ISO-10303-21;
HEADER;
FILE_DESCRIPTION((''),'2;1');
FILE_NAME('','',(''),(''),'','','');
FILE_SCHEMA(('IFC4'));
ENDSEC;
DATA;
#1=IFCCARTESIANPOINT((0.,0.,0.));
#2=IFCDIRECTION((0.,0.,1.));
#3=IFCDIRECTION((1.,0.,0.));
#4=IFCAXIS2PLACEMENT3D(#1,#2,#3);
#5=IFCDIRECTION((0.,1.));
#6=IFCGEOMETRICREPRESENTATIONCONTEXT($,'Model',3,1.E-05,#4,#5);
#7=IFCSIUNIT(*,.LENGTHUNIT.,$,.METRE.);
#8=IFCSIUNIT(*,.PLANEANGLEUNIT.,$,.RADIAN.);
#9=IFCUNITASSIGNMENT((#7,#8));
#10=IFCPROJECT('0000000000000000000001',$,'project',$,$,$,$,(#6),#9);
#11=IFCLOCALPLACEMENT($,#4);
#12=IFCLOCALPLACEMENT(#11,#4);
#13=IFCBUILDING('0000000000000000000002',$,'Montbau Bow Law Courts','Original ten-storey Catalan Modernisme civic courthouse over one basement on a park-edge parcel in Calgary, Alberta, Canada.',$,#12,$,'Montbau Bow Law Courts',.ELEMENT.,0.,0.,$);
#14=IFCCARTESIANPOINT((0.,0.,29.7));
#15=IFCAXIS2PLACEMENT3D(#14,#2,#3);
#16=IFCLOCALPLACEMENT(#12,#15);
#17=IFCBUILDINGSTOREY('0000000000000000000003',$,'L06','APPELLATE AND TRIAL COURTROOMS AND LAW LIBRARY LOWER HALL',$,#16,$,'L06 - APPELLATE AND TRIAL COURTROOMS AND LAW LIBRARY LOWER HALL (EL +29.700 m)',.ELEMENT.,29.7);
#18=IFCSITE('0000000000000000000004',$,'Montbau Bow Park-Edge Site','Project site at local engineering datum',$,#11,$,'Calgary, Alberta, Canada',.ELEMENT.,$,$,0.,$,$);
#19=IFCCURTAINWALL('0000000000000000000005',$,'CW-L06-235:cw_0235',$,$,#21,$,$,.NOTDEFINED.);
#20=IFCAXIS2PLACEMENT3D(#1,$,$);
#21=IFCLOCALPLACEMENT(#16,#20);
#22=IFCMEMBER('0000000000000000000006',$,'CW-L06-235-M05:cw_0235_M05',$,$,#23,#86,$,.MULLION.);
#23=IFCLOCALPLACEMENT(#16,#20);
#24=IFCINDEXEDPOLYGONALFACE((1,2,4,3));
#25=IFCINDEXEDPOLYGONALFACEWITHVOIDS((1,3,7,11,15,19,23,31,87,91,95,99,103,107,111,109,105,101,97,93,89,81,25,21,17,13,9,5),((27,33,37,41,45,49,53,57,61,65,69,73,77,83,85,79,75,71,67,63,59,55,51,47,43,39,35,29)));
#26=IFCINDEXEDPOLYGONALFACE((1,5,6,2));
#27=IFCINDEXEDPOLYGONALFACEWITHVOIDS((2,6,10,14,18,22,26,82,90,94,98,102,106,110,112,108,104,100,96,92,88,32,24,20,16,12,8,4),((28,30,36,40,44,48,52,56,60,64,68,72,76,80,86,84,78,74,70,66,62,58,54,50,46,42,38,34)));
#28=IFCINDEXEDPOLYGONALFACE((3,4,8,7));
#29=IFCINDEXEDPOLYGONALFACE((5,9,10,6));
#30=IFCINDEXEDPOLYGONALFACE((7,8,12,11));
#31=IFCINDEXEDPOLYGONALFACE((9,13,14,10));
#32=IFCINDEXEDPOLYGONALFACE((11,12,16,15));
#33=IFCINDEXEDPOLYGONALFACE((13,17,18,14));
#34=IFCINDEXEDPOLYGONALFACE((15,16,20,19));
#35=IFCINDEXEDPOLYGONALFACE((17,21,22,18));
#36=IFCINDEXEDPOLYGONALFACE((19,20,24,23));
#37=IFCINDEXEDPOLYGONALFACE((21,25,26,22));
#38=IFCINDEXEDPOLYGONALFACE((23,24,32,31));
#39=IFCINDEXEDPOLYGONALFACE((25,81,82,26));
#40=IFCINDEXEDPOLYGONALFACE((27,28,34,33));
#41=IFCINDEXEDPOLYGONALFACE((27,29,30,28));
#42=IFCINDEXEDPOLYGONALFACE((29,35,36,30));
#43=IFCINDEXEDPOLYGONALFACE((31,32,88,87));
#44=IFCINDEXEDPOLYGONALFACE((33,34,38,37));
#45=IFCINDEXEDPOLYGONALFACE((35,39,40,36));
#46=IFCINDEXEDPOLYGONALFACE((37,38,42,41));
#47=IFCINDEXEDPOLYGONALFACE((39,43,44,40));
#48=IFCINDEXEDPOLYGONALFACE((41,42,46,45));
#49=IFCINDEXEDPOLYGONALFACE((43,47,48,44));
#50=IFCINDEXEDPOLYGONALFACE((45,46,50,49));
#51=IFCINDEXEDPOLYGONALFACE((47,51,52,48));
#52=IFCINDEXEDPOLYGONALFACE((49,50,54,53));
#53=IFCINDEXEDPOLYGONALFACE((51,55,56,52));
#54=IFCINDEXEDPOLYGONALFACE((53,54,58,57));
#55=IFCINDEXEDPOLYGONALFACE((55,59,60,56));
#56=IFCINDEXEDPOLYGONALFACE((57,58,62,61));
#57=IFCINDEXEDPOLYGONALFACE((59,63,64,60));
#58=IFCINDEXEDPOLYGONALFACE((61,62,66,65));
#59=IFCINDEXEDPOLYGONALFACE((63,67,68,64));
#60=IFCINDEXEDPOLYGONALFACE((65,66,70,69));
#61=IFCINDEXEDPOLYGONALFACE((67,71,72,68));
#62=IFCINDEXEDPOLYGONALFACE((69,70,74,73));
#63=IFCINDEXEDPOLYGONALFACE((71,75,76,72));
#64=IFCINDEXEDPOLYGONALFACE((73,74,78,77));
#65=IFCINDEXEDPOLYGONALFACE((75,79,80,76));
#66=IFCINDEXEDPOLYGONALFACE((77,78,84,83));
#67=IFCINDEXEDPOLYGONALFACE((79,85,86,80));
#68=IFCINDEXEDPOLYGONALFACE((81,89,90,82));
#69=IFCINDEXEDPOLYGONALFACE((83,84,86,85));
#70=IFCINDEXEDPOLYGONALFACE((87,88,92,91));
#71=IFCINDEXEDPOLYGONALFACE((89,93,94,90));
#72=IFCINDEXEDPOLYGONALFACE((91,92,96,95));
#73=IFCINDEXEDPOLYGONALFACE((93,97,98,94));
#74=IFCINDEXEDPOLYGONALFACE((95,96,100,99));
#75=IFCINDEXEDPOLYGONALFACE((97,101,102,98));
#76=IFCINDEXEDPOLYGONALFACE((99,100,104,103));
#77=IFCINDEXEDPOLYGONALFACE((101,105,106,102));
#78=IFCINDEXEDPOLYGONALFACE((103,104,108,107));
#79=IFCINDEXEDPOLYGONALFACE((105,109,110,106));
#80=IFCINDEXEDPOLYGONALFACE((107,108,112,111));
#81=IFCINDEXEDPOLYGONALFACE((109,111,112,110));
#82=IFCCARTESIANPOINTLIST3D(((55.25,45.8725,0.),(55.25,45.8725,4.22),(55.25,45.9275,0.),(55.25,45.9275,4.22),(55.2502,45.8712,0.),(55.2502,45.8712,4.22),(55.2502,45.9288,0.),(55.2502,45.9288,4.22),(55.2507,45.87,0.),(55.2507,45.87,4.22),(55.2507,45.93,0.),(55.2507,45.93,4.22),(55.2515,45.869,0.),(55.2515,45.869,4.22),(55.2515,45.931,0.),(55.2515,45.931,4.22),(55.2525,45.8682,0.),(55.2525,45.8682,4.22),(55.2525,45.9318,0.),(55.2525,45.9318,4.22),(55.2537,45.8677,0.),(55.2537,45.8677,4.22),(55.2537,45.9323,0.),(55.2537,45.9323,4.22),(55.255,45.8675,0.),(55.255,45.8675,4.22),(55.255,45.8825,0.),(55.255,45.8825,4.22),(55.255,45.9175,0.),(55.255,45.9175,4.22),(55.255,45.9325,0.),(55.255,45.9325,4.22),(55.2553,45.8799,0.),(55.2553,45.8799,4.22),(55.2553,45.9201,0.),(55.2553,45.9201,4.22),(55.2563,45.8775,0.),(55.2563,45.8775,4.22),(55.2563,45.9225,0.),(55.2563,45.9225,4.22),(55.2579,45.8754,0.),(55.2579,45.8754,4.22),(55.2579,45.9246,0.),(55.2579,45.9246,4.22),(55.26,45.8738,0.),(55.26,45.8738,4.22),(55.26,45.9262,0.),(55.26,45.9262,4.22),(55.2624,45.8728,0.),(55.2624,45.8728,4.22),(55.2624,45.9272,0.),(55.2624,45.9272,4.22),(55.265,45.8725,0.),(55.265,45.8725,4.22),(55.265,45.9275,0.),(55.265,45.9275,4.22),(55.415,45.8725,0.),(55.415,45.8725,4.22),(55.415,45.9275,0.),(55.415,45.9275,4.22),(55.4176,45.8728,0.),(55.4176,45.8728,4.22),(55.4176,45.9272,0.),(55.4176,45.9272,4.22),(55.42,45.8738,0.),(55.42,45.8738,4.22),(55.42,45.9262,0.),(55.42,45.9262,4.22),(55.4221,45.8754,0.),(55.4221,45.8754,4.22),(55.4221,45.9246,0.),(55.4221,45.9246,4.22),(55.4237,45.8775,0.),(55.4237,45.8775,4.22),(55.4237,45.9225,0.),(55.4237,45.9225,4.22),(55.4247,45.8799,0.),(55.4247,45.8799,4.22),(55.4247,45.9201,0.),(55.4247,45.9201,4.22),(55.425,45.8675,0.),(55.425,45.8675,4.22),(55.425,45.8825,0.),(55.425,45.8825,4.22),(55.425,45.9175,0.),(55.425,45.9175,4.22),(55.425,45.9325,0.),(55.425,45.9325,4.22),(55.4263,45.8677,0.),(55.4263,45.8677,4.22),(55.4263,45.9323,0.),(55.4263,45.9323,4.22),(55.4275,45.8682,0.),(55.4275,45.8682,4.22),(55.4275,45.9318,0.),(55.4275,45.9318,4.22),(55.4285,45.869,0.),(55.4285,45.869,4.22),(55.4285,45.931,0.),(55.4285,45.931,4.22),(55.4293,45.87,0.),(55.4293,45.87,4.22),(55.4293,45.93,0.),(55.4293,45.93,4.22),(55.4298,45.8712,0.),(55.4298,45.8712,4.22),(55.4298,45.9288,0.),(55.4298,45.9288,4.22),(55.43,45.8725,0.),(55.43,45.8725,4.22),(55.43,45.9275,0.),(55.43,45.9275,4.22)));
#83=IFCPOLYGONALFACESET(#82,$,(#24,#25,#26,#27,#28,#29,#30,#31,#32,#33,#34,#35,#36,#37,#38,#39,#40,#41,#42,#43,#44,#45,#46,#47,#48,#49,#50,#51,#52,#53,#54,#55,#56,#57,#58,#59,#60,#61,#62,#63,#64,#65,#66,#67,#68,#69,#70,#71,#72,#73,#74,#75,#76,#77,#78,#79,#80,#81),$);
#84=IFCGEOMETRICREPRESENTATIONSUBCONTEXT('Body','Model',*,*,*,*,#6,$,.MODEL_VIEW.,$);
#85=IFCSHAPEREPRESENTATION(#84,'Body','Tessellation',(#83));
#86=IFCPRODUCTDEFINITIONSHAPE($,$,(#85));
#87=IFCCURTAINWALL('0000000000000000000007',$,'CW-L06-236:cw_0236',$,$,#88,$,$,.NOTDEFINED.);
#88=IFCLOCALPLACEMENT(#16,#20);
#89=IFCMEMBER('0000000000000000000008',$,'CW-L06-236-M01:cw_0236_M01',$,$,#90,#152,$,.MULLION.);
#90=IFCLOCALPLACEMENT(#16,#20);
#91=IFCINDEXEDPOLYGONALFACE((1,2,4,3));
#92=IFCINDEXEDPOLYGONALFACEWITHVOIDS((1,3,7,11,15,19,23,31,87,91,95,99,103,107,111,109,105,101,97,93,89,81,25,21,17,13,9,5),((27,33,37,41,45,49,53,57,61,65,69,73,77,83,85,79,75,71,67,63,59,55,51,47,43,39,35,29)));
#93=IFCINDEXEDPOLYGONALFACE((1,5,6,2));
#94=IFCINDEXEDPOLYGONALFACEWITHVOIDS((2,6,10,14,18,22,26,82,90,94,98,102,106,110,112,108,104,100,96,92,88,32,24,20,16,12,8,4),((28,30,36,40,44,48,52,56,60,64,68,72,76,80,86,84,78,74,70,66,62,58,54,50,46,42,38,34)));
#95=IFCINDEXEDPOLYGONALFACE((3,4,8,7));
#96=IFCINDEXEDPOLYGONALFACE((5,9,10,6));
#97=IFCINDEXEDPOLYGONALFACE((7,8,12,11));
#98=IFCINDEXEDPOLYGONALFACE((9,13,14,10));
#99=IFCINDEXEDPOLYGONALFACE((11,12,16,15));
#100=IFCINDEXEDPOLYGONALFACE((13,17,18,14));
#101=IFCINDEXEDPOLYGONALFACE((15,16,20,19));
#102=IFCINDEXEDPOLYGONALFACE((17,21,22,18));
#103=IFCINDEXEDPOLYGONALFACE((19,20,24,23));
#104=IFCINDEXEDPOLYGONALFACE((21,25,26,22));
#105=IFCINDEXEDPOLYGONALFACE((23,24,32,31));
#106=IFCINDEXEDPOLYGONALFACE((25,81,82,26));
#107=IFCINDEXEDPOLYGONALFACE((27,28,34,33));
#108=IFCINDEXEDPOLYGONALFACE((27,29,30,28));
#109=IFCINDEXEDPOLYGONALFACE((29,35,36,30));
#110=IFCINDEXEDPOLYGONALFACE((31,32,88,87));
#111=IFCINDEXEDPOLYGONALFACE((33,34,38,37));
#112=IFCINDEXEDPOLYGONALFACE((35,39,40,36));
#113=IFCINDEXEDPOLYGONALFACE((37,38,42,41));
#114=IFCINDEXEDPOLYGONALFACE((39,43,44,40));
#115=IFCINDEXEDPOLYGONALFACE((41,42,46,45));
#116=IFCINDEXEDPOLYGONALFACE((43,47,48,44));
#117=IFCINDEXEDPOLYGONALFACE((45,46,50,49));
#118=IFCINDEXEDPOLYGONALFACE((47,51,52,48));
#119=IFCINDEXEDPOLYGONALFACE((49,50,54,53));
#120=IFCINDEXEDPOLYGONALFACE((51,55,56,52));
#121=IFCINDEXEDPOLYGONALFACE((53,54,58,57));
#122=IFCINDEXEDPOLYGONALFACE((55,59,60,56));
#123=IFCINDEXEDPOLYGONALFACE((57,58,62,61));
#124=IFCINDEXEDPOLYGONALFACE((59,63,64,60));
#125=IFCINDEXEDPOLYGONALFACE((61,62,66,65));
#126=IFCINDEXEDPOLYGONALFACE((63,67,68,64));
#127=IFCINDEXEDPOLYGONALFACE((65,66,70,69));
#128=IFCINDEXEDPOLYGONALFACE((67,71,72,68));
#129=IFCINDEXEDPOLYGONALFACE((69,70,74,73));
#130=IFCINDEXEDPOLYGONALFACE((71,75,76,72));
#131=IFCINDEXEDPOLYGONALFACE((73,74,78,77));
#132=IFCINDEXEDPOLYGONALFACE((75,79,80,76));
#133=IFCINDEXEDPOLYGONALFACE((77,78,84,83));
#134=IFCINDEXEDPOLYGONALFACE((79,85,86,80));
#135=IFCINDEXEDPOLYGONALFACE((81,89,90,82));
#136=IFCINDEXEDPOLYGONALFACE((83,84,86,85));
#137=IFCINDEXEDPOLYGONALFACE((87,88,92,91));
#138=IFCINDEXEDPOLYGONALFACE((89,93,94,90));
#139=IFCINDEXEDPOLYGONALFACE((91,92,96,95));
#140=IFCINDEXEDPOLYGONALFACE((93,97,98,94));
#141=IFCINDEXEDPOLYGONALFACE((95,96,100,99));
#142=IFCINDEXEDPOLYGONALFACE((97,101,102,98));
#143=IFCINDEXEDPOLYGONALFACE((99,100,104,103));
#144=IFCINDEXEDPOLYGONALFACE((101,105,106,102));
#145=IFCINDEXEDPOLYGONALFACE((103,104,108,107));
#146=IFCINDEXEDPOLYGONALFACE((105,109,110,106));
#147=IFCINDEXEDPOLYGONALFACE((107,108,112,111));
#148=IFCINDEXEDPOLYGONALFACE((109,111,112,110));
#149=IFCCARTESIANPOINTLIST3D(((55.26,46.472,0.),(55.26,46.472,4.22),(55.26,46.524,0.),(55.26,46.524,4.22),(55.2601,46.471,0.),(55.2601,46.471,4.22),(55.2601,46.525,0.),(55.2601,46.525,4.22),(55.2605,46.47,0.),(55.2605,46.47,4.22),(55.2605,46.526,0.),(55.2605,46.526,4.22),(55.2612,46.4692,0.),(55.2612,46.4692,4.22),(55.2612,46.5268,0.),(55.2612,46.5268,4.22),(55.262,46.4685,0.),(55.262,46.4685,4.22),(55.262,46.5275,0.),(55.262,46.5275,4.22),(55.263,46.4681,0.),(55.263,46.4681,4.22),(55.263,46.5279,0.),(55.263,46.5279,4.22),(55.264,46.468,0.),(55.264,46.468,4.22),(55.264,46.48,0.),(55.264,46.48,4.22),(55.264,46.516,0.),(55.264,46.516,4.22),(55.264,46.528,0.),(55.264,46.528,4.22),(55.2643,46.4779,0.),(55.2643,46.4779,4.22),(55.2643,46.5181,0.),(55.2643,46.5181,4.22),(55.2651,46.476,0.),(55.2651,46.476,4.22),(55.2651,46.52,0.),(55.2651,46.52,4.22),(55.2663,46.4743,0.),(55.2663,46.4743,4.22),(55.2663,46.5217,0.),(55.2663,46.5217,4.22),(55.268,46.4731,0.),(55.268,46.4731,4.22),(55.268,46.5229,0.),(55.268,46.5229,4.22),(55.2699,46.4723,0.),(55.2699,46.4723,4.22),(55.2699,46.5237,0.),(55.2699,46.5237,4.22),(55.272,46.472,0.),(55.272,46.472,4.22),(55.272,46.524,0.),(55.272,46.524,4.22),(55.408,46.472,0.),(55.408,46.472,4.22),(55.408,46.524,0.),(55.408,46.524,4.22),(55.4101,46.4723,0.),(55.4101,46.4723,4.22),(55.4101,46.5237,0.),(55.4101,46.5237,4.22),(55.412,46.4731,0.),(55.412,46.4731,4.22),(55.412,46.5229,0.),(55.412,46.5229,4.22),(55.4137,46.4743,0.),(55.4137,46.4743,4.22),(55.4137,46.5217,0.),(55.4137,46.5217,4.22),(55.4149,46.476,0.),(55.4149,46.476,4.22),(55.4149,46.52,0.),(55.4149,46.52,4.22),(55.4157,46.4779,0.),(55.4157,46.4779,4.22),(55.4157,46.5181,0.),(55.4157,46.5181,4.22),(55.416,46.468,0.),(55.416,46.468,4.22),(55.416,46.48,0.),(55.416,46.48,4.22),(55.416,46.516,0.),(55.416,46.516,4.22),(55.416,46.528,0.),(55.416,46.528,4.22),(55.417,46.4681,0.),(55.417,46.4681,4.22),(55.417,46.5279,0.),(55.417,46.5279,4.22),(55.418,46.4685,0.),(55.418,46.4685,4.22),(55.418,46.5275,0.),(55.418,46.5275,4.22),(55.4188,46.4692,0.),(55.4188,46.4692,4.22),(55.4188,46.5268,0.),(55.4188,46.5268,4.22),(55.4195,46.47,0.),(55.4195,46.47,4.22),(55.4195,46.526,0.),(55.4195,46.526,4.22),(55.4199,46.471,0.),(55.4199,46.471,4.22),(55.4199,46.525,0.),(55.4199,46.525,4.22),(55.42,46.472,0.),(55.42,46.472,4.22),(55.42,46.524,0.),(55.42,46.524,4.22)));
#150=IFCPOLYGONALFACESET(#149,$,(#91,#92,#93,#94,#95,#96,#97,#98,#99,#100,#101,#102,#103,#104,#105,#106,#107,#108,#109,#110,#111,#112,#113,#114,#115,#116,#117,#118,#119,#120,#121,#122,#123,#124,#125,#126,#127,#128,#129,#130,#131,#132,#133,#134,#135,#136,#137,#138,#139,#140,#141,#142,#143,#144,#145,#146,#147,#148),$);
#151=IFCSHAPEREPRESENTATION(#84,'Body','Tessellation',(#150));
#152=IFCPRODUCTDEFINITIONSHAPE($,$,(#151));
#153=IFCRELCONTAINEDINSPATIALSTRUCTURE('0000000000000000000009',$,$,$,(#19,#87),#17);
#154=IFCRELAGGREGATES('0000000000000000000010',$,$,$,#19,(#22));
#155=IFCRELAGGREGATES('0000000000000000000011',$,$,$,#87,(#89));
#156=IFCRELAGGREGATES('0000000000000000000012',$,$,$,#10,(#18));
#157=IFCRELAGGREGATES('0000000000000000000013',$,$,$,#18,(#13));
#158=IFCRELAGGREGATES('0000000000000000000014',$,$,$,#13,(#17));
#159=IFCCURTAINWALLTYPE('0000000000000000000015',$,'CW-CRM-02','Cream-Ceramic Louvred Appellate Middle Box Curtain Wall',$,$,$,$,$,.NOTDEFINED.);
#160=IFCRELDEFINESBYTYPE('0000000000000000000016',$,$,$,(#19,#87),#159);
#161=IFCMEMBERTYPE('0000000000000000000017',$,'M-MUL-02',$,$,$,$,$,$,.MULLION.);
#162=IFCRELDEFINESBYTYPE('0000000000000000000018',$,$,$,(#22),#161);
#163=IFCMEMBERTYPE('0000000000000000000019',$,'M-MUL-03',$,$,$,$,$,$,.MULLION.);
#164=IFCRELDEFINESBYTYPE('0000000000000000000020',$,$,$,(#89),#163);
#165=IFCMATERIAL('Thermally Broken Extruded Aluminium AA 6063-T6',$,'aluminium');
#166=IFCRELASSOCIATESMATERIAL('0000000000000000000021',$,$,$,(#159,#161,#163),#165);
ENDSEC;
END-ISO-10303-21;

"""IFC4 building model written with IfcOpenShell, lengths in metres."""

from ifc_helpers import new_model, si_unit, direction, frame, origin_with_axes, origin_2d_with_axis, place, context, subcontext, project, spatial, hollow_rectangle, extrude, material, material_profile, profile_set, type_object, element, aggregate, save


model = new_model("IFC4")

# Units and contexts
model_context = context("Model", 3, precision=1e-05, world=origin_with_axes(), true_north=direction((0.0, 1.0)))
body_context = subcontext(model_context, "Body", "Model", "MODEL_VIEW")
ifc_project = project(units=[si_unit("LENGTHUNIT", "METRE"), si_unit("PLANEANGLEUNIT", "RADIAN")], contexts=[model_context])

# Site, building, storey
site_placement = place(None, origin_with_axes())
site = spatial("IfcSite", under=ifc_project, at=site_placement, Name="Montbau Bow Park-Edge Site", Description="Project site at local engineering datum", LongName="Calgary, Alberta, Canada", CompositionType="ELEMENT", RefElevation=0.0)
building_placement = place(site_placement, origin_with_axes())
building = spatial("IfcBuilding", under=site, at=building_placement, Name="Montbau Bow Law Courts", Description="Original ten-storey Catalan Modernisme civic courthouse over one basement on a park-edge parcel in Calgary, Alberta, Canada.", LongName="Montbau Bow Law Courts", CompositionType="ELEMENT", ElevationOfRefHeight=0.0, ElevationOfTerrain=0.0)
storey_placement = place(building_placement, frame((0.0, 0.0, 29.7), z_axis=(0.0, 0.0, 1.0), x_axis=(1.0, 0.0, 0.0)))
storey = spatial("IfcBuildingStorey", under=building, at=storey_placement, Name="L06", Description="APPELLATE AND TRIAL COURTROOMS AND LAW LIBRARY LOWER HALL", LongName="L06 - APPELLATE AND TRIAL COURTROOMS AND LAW LIBRARY LOWER HALL (EL +29.700 m)", CompositionType="ELEMENT", Elevation=29.7)

# Curtain wall, member
ifc_material_1 = material(Name="Thermally Broken Extruded Aluminium AA 6063-T6", Category="aluminium")
curtain_wall_type = type_object("IfcCurtainWallType", Name="CW-CRM-02", Description="Cream-Ceramic Louvred Appellate Middle Box Curtain Wall", PredefinedType="NOTDEFINED", material=ifc_material_1)
curtain_wall_1_placement = place(None, frame((55.34, 39.44, 29.7), z_axis=(0.0, 0.0, 1.0), x_axis=(1.0, 0.0, 0.0)))
curtain_wall_1 = element("IfcCurtainWall", 1, at=curtain_wall_1_placement, inside=storey, type_object=curtain_wall_type, Name="CW-L06-235:cw_0235", PredefinedType="NOTDEFINED")
ifc_material_profile_1 = material_profile(ifc_material_1, hollow_rectangle(XDim=0.065, YDim=0.18, WallThickness=0.005, InnerFilletRadius=0.01, OuterFilletRadius=0.005, at=origin_2d_with_axis()), Name="CWM-180X65", Category="Main", Priority=0)
ifc_profile_set_1 = profile_set([ifc_material_profile_1], Name="Thermally Broken Extruded Aluminium AA 6063-T6")
member_type_1 = type_object("IfcMemberType", Name="M-MUL-02", PredefinedType="MULLION", material=ifc_profile_set_1)
member_1_placement = place(None, frame((55.34, 45.9, 29.7), z_axis=(0.0, 0.0, 1.0), x_axis=(0.0, 1.0, 0.0)))
member_1 = element("IfcMember", 2, at=member_1_placement, type_object=member_type_1, Name="CW-L06-235-M05:cw_0235_M05", PredefinedType="MULLION", context=body_context, shape_type="SweptSolid", body=[
    extrude(hollow_rectangle(XDim=0.065, YDim=0.18, WallThickness=0.005, InnerFilletRadius=0.01, OuterFilletRadius=0.005, at=origin_2d_with_axis()), origin_with_axes(), (0.0, 0.0, 1.0), 4.22),
])

# Curtain wall, member
curtain_wall_2_placement = place(None, frame((55.34, 46.468, 29.7), z_axis=(0.0, 0.0, 1.0), x_axis=(1.0, 0.0, 0.0)))
curtain_wall_2 = element("IfcCurtainWall", 3, at=curtain_wall_2_placement, inside=storey, type_object=curtain_wall_type, Name="CW-L06-236:cw_0236", PredefinedType="NOTDEFINED")
ifc_material_profile_2 = material_profile(ifc_material_1, hollow_rectangle(XDim=0.06, YDim=0.16, WallThickness=0.004, InnerFilletRadius=0.008, OuterFilletRadius=0.004, at=origin_2d_with_axis()), Name="CWM-160X60", Category="Main", Priority=0)
ifc_profile_set_2 = profile_set([ifc_material_profile_2], Name="Thermally Broken Extruded Aluminium AA 6063-T6")
member_type_2 = type_object("IfcMemberType", Name="M-MUL-03", PredefinedType="MULLION", material=ifc_profile_set_2)
member_2_placement = place(None, frame((55.34, 46.498, 29.7), z_axis=(0.0, 0.0, 1.0), x_axis=(0.0, 1.0, 0.0)))
member_2 = element("IfcMember", 4, at=member_2_placement, type_object=member_type_2, Name="CW-L06-236-M01:cw_0236_M01", PredefinedType="MULLION", context=body_context, shape_type="SweptSolid", body=[
    extrude(hollow_rectangle(XDim=0.06, YDim=0.16, WallThickness=0.004, InnerFilletRadius=0.008, OuterFilletRadius=0.004, at=origin_2d_with_axis()), origin_with_axes(), (0.0, 0.0, 1.0), 4.22),
])

aggregate(curtain_wall_1, [member_1])
aggregate(curtain_wall_2, [member_2])

save(model, "model.ifc")
